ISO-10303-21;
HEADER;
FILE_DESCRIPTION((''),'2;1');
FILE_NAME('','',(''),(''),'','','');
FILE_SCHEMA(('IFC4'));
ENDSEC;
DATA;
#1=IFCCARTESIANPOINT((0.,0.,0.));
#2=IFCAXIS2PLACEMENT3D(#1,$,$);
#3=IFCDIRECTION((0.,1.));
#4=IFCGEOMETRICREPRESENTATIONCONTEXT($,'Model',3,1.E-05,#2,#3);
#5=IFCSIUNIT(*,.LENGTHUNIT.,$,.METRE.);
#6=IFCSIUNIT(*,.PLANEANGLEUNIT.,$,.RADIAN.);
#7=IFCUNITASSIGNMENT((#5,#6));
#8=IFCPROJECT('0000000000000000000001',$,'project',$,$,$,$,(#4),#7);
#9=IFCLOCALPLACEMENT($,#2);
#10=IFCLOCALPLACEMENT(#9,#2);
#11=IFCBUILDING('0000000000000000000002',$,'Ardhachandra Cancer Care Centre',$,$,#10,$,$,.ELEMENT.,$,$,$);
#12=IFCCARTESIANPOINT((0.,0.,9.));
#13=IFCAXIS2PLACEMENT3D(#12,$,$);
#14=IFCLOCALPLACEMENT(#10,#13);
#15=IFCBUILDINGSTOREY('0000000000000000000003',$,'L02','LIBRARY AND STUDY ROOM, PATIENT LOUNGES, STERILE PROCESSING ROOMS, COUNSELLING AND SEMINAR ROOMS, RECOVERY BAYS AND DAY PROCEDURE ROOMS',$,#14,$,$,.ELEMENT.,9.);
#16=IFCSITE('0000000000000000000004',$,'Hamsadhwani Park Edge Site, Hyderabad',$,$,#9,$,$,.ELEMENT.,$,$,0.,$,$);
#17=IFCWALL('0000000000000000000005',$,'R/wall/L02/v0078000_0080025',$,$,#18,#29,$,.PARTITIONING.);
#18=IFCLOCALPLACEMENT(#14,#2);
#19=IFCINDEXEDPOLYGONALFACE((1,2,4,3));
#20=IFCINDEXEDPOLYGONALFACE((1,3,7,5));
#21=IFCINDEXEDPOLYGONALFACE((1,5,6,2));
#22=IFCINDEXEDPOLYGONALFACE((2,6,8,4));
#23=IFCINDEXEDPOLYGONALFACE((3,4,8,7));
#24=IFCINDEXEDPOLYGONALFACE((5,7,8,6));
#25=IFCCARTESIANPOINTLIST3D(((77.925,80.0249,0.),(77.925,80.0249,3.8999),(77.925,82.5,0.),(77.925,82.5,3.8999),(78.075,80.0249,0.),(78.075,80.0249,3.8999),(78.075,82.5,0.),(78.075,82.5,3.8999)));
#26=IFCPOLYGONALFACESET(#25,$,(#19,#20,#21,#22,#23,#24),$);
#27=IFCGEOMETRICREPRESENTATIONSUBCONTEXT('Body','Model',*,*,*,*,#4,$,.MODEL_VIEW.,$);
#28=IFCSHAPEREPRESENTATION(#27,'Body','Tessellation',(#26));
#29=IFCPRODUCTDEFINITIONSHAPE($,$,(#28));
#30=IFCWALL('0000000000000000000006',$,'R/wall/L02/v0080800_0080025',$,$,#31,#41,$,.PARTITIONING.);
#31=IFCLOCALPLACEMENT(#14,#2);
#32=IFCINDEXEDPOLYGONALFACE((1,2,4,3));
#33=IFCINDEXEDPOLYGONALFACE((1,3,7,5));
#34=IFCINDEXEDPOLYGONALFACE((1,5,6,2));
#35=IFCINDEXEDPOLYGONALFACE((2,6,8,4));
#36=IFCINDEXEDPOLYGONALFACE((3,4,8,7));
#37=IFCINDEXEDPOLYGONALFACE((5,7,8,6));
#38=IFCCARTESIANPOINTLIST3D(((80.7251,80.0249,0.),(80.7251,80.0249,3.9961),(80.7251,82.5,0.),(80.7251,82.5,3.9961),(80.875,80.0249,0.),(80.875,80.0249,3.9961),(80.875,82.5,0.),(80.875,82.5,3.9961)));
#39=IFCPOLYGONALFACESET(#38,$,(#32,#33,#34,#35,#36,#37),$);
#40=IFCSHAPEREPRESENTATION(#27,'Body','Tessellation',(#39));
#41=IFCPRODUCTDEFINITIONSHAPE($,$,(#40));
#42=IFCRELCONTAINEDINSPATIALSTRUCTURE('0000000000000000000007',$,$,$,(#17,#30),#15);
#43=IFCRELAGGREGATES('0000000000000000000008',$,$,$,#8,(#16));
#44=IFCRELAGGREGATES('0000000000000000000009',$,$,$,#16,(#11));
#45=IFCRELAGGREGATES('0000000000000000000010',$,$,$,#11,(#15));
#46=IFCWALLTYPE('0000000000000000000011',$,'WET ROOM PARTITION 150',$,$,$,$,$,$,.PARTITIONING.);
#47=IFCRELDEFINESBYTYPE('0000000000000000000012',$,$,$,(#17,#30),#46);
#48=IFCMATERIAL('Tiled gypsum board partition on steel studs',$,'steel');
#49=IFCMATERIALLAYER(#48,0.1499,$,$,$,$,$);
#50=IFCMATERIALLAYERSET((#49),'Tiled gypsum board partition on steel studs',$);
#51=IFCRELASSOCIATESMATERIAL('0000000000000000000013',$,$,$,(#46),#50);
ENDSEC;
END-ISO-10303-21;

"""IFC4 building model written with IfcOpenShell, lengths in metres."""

from ifc_helpers import new_model, si_unit, direction, frame, frame_2d, origin, place, context, subcontext, project, spatial, rectangle, extrude, material, layer, layer_set, type_object, element, save


model = new_model("IFC4")

# Units and contexts
model_context = context("Model", 3, precision=1e-05, world=origin(), true_north=direction((0.0, 1.0)))
body_context = subcontext(model_context, "Body", "Model", "MODEL_VIEW")
ifc_project = project(units=[si_unit("LENGTHUNIT", "METRE"), si_unit("PLANEANGLEUNIT", "RADIAN")], contexts=[model_context])

# Site, building, storey
site_placement = place(None, origin())
site = spatial("IfcSite", under=ifc_project, at=site_placement, Name="Hamsadhwani Park Edge Site, Hyderabad", CompositionType="ELEMENT", RefElevation=0.0)
building_placement = place(site_placement, origin())
building = spatial("IfcBuilding", under=site, at=building_placement, Name="Ardhachandra Cancer Care Centre", CompositionType="ELEMENT")
storey_placement = place(building_placement, frame((0.0, 0.0, 9.0)))
storey = spatial("IfcBuildingStorey", under=building, at=storey_placement, Name="L02", Description="LIBRARY AND STUDY ROOM, PATIENT LOUNGES, STERILE PROCESSING ROOMS, COUNSELLING AND SEMINAR ROOMS, RECOVERY BAYS AND DAY PROCEDURE ROOMS", CompositionType="ELEMENT", Elevation=9.0)

# Walls
ifc_material_1 = material(Name="Tiled gypsum board partition on steel studs", Category="steel")
ifc_layer_1 = layer(ifc_material_1, 0.1499)
ifc_layer_set_1 = layer_set([ifc_layer_1], Name="Tiled gypsum board partition on steel studs")
wall_type_1 = type_object("IfcWallType", Name="WET ROOM PARTITION 150", PredefinedType="PARTITIONING", material=ifc_layer_set_1)
wall_1_placement = place(storey_placement, frame((78.0, 80.0249, 0.0), z_axis=(0.0, 0.0, 1.0), x_axis=(0.0, 1.0, 0.0)))
element("IfcWall", 1, at=wall_1_placement, inside=storey, type_object=wall_type_1, Name="R/wall/L02/v0078000_0080025", PredefinedType="PARTITIONING", context=body_context, shape_type="SweptSolid", body=[
    extrude(rectangle(XDim=2.4751, YDim=0.1499, at=frame_2d((1.2375, 0.0))), origin(), (0.0, 0.0, 1.0), 3.8999),
])
wall_2_placement = place(storey_placement, frame((80.8, 80.0249, 0.0), z_axis=(0.0, 0.0, 1.0), x_axis=(0.0, 1.0, 0.0)))
element("IfcWall", 2, at=wall_2_placement, inside=storey, type_object=wall_type_1, Name="R/wall/L02/v0080800_0080025", PredefinedType="PARTITIONING", context=body_context, shape_type="SweptSolid", body=[
    extrude(rectangle(XDim=2.4751, YDim=0.1499, at=frame_2d((1.2375, 0.0))), origin(), (0.0, 0.0, 1.0), 3.9961),
])

save(model, "model.ifc")
